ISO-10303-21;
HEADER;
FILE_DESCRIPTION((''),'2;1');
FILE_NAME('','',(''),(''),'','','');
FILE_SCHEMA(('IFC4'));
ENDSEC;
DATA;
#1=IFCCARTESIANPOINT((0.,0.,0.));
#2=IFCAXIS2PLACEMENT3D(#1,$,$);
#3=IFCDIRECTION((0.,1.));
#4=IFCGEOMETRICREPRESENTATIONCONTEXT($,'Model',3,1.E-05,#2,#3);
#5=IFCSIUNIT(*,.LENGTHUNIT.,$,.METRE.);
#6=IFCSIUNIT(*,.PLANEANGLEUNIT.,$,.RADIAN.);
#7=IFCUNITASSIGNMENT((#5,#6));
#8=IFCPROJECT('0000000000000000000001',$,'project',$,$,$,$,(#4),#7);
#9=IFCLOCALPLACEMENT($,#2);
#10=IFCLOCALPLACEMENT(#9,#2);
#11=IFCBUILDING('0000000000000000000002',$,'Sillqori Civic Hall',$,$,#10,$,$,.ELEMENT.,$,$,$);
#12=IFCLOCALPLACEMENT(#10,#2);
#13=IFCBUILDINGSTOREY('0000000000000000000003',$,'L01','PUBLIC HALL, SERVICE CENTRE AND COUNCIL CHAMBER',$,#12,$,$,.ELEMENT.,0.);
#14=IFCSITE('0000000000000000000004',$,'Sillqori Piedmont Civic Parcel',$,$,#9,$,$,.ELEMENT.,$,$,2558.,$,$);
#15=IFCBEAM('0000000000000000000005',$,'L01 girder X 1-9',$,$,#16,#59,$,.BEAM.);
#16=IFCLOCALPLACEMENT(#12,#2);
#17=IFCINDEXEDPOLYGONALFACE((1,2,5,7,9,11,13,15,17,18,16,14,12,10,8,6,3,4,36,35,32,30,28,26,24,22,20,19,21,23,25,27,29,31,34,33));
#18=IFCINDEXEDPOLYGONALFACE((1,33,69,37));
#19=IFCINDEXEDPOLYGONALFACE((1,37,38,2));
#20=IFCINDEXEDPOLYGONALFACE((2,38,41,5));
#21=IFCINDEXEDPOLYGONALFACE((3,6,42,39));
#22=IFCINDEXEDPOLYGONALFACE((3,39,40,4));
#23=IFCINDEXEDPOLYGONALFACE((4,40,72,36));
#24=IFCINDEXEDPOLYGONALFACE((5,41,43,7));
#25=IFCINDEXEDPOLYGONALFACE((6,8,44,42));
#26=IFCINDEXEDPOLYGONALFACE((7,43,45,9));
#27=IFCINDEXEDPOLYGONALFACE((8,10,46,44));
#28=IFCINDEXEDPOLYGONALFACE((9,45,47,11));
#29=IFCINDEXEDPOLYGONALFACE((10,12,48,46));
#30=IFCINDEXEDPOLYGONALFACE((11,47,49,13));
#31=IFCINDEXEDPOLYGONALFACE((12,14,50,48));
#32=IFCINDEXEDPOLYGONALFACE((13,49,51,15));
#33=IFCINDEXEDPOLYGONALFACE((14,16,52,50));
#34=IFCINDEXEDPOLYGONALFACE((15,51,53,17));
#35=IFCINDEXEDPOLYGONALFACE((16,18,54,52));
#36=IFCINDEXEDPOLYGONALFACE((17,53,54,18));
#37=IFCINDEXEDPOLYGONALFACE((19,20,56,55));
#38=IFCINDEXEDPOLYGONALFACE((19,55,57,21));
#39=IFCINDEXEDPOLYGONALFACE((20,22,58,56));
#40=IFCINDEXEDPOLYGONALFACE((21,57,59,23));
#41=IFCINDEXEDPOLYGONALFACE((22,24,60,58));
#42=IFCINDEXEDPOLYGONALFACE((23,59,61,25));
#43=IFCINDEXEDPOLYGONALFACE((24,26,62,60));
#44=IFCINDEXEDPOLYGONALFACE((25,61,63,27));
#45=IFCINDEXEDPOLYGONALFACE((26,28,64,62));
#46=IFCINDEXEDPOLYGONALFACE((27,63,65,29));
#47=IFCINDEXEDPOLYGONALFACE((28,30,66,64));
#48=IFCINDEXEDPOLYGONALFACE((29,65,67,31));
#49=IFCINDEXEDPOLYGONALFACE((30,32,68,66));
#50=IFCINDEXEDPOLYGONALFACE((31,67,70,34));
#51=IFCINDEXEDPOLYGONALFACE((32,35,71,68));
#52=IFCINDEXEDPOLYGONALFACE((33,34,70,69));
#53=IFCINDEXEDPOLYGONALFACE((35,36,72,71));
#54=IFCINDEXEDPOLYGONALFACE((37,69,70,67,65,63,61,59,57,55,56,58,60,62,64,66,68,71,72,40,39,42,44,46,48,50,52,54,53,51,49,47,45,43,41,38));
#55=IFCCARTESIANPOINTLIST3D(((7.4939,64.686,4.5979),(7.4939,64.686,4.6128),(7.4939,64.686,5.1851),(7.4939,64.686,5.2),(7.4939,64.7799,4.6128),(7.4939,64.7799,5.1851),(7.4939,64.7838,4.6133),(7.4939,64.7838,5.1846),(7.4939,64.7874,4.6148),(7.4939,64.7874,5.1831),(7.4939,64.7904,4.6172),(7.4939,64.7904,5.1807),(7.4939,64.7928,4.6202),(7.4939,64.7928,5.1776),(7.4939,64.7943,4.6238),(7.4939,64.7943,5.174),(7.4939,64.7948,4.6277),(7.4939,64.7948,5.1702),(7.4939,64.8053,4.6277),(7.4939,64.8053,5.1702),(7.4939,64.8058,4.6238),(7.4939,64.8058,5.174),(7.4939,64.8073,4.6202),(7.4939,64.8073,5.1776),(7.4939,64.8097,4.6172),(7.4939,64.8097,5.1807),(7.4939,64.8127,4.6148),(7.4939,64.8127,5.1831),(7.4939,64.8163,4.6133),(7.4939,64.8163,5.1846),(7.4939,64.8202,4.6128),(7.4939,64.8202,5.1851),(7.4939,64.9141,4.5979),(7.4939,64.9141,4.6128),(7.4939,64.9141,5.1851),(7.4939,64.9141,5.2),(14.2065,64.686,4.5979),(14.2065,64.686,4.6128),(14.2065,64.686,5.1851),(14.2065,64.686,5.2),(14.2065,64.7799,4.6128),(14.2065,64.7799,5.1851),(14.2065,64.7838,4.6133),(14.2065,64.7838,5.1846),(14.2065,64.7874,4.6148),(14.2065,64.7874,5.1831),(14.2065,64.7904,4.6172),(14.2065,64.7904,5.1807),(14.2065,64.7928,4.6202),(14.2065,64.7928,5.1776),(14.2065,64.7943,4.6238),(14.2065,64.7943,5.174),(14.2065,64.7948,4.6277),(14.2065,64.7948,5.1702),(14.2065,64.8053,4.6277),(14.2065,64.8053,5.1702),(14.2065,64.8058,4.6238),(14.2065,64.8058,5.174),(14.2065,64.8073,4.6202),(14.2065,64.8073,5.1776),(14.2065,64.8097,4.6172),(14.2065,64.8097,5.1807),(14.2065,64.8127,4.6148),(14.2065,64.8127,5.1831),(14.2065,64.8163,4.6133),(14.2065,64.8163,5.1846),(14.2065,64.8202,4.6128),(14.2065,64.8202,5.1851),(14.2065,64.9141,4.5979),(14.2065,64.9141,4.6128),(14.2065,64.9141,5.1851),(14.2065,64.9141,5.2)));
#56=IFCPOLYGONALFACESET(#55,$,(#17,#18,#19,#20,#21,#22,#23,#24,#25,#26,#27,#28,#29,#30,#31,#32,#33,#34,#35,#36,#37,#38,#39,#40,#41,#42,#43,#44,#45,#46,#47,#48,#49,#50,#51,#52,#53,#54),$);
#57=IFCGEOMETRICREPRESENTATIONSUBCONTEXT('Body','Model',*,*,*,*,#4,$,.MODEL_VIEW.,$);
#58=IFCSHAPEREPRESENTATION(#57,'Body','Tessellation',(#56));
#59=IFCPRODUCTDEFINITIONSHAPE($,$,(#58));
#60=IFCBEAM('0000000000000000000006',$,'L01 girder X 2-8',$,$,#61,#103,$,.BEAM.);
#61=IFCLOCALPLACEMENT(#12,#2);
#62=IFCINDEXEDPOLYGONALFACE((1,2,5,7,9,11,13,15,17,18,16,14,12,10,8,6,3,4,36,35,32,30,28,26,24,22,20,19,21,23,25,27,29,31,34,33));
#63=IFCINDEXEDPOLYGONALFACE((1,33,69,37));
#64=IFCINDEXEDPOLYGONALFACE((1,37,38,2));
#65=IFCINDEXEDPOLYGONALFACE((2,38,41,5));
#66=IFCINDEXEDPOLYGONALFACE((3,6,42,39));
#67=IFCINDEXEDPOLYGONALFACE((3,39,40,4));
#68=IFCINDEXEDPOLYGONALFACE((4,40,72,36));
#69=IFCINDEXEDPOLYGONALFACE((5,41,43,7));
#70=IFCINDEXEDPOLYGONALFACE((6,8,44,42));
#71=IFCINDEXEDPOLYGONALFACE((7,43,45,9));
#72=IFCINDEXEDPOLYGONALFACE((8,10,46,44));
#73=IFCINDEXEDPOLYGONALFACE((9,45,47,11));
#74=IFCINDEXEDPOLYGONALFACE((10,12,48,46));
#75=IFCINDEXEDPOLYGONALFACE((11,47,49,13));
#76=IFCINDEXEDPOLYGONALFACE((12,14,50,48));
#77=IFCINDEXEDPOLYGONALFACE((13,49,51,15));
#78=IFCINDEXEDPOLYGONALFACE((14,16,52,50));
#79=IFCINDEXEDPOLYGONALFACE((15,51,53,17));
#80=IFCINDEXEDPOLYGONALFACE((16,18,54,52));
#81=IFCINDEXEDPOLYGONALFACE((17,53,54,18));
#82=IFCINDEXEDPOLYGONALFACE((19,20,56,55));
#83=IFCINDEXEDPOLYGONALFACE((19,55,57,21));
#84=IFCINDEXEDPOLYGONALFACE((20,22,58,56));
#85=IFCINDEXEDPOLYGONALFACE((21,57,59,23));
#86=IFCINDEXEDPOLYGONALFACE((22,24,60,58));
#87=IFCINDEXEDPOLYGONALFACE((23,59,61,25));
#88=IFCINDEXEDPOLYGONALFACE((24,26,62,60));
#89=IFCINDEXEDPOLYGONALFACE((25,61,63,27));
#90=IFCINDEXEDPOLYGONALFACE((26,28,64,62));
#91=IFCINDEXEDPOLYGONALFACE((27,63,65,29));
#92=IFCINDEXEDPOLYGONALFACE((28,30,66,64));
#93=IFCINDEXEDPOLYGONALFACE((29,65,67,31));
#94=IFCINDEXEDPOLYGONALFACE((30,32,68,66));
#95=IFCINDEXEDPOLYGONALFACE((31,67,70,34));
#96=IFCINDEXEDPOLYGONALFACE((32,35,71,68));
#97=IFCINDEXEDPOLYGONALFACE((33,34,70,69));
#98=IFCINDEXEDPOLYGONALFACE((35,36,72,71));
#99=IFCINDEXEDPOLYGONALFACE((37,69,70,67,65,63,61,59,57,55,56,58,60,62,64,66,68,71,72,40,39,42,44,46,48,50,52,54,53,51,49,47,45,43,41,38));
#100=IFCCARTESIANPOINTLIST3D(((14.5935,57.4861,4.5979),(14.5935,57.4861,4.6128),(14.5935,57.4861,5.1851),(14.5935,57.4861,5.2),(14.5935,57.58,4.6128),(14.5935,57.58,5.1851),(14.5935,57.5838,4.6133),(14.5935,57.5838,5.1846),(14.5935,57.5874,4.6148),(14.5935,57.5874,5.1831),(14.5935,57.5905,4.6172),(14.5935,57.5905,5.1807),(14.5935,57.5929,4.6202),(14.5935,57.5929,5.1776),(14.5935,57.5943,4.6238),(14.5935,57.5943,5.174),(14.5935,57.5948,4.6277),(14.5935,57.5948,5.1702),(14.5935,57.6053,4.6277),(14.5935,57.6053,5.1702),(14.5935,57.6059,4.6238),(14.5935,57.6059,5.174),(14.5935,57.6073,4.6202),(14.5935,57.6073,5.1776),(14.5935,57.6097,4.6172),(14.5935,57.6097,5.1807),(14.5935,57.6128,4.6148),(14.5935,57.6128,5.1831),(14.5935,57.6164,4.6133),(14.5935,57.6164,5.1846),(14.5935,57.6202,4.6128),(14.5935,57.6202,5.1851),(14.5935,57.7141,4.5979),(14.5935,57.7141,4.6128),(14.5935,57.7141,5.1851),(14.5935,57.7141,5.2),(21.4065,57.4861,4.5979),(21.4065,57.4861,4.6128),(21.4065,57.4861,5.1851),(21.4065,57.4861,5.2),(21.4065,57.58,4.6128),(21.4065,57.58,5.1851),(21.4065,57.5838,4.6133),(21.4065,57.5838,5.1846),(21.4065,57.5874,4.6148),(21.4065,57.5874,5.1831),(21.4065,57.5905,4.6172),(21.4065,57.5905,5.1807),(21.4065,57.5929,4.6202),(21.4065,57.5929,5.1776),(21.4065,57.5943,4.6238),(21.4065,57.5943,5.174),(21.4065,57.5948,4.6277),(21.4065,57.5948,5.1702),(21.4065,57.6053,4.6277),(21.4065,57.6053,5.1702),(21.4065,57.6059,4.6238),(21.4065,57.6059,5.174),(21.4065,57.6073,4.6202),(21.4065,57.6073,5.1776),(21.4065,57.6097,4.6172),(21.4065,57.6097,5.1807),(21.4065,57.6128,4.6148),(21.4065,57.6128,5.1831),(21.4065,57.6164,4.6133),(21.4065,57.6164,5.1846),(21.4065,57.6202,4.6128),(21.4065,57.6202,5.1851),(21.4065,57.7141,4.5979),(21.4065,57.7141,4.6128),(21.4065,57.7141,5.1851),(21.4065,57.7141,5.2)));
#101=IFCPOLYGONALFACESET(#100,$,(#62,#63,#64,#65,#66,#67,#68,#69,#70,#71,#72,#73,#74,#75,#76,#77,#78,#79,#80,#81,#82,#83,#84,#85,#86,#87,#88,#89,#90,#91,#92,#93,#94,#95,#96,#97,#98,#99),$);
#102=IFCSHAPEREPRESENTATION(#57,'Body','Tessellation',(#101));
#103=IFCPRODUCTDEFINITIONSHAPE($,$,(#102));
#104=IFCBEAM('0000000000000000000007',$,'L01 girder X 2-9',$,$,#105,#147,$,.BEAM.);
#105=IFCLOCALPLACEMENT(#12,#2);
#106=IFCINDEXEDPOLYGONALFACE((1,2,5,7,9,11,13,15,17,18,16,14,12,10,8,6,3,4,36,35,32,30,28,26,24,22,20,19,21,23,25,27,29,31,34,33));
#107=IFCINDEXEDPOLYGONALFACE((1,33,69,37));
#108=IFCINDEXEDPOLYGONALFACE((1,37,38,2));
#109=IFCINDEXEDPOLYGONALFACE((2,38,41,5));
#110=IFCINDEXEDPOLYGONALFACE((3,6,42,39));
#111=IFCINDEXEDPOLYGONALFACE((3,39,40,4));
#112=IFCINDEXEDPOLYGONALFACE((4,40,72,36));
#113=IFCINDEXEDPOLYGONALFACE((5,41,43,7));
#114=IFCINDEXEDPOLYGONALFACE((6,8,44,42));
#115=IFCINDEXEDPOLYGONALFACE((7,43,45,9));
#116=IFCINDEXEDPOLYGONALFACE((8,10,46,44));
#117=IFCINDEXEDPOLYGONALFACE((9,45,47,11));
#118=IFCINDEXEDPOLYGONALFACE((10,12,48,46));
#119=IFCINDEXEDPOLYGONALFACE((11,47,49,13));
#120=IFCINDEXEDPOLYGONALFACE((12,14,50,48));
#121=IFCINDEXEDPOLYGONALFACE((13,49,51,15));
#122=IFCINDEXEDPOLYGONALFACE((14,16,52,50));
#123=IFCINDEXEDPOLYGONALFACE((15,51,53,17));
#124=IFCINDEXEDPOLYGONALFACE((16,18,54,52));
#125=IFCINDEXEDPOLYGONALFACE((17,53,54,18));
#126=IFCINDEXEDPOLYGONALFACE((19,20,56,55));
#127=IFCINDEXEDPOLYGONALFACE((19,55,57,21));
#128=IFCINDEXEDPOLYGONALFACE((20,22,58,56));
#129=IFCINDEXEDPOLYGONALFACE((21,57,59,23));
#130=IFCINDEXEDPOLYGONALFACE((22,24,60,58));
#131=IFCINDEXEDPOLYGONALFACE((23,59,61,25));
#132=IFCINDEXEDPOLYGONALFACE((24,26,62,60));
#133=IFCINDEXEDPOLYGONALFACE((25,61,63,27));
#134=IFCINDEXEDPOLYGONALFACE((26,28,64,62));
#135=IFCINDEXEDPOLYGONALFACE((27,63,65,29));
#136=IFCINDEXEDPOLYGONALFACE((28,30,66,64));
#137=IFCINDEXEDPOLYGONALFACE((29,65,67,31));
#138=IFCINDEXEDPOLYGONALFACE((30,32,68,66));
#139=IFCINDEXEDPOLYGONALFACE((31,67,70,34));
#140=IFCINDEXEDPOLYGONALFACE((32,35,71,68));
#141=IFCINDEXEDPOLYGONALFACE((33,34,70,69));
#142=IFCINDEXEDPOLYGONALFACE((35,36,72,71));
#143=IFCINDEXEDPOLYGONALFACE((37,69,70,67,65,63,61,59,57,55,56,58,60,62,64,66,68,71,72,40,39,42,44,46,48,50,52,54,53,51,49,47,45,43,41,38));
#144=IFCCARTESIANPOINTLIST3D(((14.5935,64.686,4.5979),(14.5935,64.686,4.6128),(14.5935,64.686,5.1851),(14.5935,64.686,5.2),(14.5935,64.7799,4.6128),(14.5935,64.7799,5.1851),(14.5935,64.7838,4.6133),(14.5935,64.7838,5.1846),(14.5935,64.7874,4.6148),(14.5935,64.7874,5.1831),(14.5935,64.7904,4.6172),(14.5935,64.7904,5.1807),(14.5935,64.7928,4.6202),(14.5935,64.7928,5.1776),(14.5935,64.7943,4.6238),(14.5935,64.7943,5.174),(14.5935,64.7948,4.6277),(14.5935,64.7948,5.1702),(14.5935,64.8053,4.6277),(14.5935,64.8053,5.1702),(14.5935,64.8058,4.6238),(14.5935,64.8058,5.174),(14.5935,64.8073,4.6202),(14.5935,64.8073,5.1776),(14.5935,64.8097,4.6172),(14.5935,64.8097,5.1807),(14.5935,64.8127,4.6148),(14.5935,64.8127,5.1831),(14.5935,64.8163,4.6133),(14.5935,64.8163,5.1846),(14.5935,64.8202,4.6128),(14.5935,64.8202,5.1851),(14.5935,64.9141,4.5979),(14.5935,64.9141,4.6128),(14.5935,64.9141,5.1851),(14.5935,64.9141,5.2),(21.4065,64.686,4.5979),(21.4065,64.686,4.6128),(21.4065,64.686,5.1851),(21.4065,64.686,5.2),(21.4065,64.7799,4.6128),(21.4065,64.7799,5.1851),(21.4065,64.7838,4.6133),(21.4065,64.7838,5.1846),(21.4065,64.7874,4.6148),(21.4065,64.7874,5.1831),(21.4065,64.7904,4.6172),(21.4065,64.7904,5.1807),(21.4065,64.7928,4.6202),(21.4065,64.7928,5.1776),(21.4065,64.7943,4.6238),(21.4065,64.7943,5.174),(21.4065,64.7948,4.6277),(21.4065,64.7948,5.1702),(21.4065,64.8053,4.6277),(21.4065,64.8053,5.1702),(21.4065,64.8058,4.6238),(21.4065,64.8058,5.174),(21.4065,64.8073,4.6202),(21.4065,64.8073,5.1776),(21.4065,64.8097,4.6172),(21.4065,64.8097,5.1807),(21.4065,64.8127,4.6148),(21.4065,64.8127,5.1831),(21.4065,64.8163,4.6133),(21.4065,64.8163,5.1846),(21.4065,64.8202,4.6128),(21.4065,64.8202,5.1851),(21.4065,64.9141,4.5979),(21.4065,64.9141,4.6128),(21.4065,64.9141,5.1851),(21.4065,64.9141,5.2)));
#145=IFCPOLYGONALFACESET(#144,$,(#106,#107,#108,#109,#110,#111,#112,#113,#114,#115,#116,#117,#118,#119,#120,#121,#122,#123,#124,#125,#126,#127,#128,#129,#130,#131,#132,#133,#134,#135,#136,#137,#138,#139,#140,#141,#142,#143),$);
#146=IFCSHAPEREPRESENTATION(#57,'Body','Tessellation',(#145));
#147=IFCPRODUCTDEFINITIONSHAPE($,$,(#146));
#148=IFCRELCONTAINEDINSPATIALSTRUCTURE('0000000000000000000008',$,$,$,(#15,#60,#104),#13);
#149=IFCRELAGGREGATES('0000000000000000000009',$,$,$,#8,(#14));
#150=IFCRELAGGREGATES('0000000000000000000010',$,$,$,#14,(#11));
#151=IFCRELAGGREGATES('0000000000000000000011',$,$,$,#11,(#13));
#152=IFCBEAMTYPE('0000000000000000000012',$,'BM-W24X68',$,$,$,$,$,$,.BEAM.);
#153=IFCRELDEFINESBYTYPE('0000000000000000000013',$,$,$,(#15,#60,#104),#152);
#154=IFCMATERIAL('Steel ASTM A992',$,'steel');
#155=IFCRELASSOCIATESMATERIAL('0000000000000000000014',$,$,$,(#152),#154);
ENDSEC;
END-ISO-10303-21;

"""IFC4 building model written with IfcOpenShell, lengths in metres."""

from ifc_helpers import new_model, si_unit, direction, frame, origin, origin_2d, place, context, subcontext, project, spatial, i_section, extrude, material, material_profile, profile_set, type_object, element, save


model = new_model("IFC4")

# Units and contexts
model_context = context("Model", 3, precision=1e-05, world=origin(), true_north=direction((0.0, 1.0)))
body_context = subcontext(model_context, "Body", "Model", "MODEL_VIEW")
ifc_project = project(units=[si_unit("LENGTHUNIT", "METRE"), si_unit("PLANEANGLEUNIT", "RADIAN")], contexts=[model_context])

# Site, building, storey
site_placement = place(None, origin())
site = spatial("IfcSite", under=ifc_project, at=site_placement, Name="Sillqori Piedmont Civic Parcel", CompositionType="ELEMENT", RefElevation=2558.0)
building_placement = place(site_placement, origin())
building = spatial("IfcBuilding", under=site, at=building_placement, Name="Sillqori Civic Hall", CompositionType="ELEMENT")
storey_placement = place(building_placement, origin())
storey = spatial("IfcBuildingStorey", under=building, at=storey_placement, Name="L01", Description="PUBLIC HALL, SERVICE CENTRE AND COUNCIL CHAMBER", CompositionType="ELEMENT", Elevation=0.0)

# Shared definitions
ifc_material_1 = material(Name="Steel ASTM A992", Category="steel")

# Beams
ifc_material_profile_1 = material_profile(ifc_material_1, i_section(OverallWidth=0.228, OverallDepth=0.6021, WebThickness=0.0105, FlangeThickness=0.0149, FilletRadius=0.0149, at=origin_2d()), Name="W24X68")
ifc_profile_set_1 = profile_set([ifc_material_profile_1], Name="Steel ASTM A992")
beam_type_1 = type_object("IfcBeamType", Name="BM-W24X68", PredefinedType="BEAM", material=ifc_profile_set_1)
for number, where, z_axis, x_axis, name in (
    (1, (7.4939, 64.8, 4.8989), (1.0, 0.0, 0.0), (0.0, 1.0, 0.0), "L01 girder X 1-9"),
):
    element("IfcBeam", number, at=place(storey_placement, frame(where, z_axis=z_axis, x_axis=x_axis)), inside=storey, type_object=beam_type_1, Name=name, PredefinedType="BEAM", context=body_context, shape_type="SweptSolid", body=[
        extrude(i_section(OverallWidth=0.228, OverallDepth=0.6021, WebThickness=0.0105, FlangeThickness=0.0149, FilletRadius=0.0149, at=origin_2d()), origin(), (0.0, 0.0, 1.0), 6.7126),
    ])
for number, where, z_axis, x_axis, name in (
    (2, (14.5935, 57.6001, 4.8989), (1.0, 0.0, 0.0), (0.0, 1.0, 0.0), "L01 girder X 2-8"),
    (3, (14.5935, 64.8, 4.8989), (1.0, 0.0, 0.0), (0.0, 1.0, 0.0), "L01 girder X 2-9"),
):
    element("IfcBeam", number, at=place(storey_placement, frame(where, z_axis=z_axis, x_axis=x_axis)), inside=storey, type_object=beam_type_1, Name=name, PredefinedType="BEAM", context=body_context, shape_type="SweptSolid", body=[
        extrude(i_section(OverallWidth=0.228, OverallDepth=0.6021, WebThickness=0.0105, FlangeThickness=0.0149, FilletRadius=0.0149, at=origin_2d()), origin(), (0.0, 0.0, 1.0), 6.813),
    ])

save(model, "model.ifc")
